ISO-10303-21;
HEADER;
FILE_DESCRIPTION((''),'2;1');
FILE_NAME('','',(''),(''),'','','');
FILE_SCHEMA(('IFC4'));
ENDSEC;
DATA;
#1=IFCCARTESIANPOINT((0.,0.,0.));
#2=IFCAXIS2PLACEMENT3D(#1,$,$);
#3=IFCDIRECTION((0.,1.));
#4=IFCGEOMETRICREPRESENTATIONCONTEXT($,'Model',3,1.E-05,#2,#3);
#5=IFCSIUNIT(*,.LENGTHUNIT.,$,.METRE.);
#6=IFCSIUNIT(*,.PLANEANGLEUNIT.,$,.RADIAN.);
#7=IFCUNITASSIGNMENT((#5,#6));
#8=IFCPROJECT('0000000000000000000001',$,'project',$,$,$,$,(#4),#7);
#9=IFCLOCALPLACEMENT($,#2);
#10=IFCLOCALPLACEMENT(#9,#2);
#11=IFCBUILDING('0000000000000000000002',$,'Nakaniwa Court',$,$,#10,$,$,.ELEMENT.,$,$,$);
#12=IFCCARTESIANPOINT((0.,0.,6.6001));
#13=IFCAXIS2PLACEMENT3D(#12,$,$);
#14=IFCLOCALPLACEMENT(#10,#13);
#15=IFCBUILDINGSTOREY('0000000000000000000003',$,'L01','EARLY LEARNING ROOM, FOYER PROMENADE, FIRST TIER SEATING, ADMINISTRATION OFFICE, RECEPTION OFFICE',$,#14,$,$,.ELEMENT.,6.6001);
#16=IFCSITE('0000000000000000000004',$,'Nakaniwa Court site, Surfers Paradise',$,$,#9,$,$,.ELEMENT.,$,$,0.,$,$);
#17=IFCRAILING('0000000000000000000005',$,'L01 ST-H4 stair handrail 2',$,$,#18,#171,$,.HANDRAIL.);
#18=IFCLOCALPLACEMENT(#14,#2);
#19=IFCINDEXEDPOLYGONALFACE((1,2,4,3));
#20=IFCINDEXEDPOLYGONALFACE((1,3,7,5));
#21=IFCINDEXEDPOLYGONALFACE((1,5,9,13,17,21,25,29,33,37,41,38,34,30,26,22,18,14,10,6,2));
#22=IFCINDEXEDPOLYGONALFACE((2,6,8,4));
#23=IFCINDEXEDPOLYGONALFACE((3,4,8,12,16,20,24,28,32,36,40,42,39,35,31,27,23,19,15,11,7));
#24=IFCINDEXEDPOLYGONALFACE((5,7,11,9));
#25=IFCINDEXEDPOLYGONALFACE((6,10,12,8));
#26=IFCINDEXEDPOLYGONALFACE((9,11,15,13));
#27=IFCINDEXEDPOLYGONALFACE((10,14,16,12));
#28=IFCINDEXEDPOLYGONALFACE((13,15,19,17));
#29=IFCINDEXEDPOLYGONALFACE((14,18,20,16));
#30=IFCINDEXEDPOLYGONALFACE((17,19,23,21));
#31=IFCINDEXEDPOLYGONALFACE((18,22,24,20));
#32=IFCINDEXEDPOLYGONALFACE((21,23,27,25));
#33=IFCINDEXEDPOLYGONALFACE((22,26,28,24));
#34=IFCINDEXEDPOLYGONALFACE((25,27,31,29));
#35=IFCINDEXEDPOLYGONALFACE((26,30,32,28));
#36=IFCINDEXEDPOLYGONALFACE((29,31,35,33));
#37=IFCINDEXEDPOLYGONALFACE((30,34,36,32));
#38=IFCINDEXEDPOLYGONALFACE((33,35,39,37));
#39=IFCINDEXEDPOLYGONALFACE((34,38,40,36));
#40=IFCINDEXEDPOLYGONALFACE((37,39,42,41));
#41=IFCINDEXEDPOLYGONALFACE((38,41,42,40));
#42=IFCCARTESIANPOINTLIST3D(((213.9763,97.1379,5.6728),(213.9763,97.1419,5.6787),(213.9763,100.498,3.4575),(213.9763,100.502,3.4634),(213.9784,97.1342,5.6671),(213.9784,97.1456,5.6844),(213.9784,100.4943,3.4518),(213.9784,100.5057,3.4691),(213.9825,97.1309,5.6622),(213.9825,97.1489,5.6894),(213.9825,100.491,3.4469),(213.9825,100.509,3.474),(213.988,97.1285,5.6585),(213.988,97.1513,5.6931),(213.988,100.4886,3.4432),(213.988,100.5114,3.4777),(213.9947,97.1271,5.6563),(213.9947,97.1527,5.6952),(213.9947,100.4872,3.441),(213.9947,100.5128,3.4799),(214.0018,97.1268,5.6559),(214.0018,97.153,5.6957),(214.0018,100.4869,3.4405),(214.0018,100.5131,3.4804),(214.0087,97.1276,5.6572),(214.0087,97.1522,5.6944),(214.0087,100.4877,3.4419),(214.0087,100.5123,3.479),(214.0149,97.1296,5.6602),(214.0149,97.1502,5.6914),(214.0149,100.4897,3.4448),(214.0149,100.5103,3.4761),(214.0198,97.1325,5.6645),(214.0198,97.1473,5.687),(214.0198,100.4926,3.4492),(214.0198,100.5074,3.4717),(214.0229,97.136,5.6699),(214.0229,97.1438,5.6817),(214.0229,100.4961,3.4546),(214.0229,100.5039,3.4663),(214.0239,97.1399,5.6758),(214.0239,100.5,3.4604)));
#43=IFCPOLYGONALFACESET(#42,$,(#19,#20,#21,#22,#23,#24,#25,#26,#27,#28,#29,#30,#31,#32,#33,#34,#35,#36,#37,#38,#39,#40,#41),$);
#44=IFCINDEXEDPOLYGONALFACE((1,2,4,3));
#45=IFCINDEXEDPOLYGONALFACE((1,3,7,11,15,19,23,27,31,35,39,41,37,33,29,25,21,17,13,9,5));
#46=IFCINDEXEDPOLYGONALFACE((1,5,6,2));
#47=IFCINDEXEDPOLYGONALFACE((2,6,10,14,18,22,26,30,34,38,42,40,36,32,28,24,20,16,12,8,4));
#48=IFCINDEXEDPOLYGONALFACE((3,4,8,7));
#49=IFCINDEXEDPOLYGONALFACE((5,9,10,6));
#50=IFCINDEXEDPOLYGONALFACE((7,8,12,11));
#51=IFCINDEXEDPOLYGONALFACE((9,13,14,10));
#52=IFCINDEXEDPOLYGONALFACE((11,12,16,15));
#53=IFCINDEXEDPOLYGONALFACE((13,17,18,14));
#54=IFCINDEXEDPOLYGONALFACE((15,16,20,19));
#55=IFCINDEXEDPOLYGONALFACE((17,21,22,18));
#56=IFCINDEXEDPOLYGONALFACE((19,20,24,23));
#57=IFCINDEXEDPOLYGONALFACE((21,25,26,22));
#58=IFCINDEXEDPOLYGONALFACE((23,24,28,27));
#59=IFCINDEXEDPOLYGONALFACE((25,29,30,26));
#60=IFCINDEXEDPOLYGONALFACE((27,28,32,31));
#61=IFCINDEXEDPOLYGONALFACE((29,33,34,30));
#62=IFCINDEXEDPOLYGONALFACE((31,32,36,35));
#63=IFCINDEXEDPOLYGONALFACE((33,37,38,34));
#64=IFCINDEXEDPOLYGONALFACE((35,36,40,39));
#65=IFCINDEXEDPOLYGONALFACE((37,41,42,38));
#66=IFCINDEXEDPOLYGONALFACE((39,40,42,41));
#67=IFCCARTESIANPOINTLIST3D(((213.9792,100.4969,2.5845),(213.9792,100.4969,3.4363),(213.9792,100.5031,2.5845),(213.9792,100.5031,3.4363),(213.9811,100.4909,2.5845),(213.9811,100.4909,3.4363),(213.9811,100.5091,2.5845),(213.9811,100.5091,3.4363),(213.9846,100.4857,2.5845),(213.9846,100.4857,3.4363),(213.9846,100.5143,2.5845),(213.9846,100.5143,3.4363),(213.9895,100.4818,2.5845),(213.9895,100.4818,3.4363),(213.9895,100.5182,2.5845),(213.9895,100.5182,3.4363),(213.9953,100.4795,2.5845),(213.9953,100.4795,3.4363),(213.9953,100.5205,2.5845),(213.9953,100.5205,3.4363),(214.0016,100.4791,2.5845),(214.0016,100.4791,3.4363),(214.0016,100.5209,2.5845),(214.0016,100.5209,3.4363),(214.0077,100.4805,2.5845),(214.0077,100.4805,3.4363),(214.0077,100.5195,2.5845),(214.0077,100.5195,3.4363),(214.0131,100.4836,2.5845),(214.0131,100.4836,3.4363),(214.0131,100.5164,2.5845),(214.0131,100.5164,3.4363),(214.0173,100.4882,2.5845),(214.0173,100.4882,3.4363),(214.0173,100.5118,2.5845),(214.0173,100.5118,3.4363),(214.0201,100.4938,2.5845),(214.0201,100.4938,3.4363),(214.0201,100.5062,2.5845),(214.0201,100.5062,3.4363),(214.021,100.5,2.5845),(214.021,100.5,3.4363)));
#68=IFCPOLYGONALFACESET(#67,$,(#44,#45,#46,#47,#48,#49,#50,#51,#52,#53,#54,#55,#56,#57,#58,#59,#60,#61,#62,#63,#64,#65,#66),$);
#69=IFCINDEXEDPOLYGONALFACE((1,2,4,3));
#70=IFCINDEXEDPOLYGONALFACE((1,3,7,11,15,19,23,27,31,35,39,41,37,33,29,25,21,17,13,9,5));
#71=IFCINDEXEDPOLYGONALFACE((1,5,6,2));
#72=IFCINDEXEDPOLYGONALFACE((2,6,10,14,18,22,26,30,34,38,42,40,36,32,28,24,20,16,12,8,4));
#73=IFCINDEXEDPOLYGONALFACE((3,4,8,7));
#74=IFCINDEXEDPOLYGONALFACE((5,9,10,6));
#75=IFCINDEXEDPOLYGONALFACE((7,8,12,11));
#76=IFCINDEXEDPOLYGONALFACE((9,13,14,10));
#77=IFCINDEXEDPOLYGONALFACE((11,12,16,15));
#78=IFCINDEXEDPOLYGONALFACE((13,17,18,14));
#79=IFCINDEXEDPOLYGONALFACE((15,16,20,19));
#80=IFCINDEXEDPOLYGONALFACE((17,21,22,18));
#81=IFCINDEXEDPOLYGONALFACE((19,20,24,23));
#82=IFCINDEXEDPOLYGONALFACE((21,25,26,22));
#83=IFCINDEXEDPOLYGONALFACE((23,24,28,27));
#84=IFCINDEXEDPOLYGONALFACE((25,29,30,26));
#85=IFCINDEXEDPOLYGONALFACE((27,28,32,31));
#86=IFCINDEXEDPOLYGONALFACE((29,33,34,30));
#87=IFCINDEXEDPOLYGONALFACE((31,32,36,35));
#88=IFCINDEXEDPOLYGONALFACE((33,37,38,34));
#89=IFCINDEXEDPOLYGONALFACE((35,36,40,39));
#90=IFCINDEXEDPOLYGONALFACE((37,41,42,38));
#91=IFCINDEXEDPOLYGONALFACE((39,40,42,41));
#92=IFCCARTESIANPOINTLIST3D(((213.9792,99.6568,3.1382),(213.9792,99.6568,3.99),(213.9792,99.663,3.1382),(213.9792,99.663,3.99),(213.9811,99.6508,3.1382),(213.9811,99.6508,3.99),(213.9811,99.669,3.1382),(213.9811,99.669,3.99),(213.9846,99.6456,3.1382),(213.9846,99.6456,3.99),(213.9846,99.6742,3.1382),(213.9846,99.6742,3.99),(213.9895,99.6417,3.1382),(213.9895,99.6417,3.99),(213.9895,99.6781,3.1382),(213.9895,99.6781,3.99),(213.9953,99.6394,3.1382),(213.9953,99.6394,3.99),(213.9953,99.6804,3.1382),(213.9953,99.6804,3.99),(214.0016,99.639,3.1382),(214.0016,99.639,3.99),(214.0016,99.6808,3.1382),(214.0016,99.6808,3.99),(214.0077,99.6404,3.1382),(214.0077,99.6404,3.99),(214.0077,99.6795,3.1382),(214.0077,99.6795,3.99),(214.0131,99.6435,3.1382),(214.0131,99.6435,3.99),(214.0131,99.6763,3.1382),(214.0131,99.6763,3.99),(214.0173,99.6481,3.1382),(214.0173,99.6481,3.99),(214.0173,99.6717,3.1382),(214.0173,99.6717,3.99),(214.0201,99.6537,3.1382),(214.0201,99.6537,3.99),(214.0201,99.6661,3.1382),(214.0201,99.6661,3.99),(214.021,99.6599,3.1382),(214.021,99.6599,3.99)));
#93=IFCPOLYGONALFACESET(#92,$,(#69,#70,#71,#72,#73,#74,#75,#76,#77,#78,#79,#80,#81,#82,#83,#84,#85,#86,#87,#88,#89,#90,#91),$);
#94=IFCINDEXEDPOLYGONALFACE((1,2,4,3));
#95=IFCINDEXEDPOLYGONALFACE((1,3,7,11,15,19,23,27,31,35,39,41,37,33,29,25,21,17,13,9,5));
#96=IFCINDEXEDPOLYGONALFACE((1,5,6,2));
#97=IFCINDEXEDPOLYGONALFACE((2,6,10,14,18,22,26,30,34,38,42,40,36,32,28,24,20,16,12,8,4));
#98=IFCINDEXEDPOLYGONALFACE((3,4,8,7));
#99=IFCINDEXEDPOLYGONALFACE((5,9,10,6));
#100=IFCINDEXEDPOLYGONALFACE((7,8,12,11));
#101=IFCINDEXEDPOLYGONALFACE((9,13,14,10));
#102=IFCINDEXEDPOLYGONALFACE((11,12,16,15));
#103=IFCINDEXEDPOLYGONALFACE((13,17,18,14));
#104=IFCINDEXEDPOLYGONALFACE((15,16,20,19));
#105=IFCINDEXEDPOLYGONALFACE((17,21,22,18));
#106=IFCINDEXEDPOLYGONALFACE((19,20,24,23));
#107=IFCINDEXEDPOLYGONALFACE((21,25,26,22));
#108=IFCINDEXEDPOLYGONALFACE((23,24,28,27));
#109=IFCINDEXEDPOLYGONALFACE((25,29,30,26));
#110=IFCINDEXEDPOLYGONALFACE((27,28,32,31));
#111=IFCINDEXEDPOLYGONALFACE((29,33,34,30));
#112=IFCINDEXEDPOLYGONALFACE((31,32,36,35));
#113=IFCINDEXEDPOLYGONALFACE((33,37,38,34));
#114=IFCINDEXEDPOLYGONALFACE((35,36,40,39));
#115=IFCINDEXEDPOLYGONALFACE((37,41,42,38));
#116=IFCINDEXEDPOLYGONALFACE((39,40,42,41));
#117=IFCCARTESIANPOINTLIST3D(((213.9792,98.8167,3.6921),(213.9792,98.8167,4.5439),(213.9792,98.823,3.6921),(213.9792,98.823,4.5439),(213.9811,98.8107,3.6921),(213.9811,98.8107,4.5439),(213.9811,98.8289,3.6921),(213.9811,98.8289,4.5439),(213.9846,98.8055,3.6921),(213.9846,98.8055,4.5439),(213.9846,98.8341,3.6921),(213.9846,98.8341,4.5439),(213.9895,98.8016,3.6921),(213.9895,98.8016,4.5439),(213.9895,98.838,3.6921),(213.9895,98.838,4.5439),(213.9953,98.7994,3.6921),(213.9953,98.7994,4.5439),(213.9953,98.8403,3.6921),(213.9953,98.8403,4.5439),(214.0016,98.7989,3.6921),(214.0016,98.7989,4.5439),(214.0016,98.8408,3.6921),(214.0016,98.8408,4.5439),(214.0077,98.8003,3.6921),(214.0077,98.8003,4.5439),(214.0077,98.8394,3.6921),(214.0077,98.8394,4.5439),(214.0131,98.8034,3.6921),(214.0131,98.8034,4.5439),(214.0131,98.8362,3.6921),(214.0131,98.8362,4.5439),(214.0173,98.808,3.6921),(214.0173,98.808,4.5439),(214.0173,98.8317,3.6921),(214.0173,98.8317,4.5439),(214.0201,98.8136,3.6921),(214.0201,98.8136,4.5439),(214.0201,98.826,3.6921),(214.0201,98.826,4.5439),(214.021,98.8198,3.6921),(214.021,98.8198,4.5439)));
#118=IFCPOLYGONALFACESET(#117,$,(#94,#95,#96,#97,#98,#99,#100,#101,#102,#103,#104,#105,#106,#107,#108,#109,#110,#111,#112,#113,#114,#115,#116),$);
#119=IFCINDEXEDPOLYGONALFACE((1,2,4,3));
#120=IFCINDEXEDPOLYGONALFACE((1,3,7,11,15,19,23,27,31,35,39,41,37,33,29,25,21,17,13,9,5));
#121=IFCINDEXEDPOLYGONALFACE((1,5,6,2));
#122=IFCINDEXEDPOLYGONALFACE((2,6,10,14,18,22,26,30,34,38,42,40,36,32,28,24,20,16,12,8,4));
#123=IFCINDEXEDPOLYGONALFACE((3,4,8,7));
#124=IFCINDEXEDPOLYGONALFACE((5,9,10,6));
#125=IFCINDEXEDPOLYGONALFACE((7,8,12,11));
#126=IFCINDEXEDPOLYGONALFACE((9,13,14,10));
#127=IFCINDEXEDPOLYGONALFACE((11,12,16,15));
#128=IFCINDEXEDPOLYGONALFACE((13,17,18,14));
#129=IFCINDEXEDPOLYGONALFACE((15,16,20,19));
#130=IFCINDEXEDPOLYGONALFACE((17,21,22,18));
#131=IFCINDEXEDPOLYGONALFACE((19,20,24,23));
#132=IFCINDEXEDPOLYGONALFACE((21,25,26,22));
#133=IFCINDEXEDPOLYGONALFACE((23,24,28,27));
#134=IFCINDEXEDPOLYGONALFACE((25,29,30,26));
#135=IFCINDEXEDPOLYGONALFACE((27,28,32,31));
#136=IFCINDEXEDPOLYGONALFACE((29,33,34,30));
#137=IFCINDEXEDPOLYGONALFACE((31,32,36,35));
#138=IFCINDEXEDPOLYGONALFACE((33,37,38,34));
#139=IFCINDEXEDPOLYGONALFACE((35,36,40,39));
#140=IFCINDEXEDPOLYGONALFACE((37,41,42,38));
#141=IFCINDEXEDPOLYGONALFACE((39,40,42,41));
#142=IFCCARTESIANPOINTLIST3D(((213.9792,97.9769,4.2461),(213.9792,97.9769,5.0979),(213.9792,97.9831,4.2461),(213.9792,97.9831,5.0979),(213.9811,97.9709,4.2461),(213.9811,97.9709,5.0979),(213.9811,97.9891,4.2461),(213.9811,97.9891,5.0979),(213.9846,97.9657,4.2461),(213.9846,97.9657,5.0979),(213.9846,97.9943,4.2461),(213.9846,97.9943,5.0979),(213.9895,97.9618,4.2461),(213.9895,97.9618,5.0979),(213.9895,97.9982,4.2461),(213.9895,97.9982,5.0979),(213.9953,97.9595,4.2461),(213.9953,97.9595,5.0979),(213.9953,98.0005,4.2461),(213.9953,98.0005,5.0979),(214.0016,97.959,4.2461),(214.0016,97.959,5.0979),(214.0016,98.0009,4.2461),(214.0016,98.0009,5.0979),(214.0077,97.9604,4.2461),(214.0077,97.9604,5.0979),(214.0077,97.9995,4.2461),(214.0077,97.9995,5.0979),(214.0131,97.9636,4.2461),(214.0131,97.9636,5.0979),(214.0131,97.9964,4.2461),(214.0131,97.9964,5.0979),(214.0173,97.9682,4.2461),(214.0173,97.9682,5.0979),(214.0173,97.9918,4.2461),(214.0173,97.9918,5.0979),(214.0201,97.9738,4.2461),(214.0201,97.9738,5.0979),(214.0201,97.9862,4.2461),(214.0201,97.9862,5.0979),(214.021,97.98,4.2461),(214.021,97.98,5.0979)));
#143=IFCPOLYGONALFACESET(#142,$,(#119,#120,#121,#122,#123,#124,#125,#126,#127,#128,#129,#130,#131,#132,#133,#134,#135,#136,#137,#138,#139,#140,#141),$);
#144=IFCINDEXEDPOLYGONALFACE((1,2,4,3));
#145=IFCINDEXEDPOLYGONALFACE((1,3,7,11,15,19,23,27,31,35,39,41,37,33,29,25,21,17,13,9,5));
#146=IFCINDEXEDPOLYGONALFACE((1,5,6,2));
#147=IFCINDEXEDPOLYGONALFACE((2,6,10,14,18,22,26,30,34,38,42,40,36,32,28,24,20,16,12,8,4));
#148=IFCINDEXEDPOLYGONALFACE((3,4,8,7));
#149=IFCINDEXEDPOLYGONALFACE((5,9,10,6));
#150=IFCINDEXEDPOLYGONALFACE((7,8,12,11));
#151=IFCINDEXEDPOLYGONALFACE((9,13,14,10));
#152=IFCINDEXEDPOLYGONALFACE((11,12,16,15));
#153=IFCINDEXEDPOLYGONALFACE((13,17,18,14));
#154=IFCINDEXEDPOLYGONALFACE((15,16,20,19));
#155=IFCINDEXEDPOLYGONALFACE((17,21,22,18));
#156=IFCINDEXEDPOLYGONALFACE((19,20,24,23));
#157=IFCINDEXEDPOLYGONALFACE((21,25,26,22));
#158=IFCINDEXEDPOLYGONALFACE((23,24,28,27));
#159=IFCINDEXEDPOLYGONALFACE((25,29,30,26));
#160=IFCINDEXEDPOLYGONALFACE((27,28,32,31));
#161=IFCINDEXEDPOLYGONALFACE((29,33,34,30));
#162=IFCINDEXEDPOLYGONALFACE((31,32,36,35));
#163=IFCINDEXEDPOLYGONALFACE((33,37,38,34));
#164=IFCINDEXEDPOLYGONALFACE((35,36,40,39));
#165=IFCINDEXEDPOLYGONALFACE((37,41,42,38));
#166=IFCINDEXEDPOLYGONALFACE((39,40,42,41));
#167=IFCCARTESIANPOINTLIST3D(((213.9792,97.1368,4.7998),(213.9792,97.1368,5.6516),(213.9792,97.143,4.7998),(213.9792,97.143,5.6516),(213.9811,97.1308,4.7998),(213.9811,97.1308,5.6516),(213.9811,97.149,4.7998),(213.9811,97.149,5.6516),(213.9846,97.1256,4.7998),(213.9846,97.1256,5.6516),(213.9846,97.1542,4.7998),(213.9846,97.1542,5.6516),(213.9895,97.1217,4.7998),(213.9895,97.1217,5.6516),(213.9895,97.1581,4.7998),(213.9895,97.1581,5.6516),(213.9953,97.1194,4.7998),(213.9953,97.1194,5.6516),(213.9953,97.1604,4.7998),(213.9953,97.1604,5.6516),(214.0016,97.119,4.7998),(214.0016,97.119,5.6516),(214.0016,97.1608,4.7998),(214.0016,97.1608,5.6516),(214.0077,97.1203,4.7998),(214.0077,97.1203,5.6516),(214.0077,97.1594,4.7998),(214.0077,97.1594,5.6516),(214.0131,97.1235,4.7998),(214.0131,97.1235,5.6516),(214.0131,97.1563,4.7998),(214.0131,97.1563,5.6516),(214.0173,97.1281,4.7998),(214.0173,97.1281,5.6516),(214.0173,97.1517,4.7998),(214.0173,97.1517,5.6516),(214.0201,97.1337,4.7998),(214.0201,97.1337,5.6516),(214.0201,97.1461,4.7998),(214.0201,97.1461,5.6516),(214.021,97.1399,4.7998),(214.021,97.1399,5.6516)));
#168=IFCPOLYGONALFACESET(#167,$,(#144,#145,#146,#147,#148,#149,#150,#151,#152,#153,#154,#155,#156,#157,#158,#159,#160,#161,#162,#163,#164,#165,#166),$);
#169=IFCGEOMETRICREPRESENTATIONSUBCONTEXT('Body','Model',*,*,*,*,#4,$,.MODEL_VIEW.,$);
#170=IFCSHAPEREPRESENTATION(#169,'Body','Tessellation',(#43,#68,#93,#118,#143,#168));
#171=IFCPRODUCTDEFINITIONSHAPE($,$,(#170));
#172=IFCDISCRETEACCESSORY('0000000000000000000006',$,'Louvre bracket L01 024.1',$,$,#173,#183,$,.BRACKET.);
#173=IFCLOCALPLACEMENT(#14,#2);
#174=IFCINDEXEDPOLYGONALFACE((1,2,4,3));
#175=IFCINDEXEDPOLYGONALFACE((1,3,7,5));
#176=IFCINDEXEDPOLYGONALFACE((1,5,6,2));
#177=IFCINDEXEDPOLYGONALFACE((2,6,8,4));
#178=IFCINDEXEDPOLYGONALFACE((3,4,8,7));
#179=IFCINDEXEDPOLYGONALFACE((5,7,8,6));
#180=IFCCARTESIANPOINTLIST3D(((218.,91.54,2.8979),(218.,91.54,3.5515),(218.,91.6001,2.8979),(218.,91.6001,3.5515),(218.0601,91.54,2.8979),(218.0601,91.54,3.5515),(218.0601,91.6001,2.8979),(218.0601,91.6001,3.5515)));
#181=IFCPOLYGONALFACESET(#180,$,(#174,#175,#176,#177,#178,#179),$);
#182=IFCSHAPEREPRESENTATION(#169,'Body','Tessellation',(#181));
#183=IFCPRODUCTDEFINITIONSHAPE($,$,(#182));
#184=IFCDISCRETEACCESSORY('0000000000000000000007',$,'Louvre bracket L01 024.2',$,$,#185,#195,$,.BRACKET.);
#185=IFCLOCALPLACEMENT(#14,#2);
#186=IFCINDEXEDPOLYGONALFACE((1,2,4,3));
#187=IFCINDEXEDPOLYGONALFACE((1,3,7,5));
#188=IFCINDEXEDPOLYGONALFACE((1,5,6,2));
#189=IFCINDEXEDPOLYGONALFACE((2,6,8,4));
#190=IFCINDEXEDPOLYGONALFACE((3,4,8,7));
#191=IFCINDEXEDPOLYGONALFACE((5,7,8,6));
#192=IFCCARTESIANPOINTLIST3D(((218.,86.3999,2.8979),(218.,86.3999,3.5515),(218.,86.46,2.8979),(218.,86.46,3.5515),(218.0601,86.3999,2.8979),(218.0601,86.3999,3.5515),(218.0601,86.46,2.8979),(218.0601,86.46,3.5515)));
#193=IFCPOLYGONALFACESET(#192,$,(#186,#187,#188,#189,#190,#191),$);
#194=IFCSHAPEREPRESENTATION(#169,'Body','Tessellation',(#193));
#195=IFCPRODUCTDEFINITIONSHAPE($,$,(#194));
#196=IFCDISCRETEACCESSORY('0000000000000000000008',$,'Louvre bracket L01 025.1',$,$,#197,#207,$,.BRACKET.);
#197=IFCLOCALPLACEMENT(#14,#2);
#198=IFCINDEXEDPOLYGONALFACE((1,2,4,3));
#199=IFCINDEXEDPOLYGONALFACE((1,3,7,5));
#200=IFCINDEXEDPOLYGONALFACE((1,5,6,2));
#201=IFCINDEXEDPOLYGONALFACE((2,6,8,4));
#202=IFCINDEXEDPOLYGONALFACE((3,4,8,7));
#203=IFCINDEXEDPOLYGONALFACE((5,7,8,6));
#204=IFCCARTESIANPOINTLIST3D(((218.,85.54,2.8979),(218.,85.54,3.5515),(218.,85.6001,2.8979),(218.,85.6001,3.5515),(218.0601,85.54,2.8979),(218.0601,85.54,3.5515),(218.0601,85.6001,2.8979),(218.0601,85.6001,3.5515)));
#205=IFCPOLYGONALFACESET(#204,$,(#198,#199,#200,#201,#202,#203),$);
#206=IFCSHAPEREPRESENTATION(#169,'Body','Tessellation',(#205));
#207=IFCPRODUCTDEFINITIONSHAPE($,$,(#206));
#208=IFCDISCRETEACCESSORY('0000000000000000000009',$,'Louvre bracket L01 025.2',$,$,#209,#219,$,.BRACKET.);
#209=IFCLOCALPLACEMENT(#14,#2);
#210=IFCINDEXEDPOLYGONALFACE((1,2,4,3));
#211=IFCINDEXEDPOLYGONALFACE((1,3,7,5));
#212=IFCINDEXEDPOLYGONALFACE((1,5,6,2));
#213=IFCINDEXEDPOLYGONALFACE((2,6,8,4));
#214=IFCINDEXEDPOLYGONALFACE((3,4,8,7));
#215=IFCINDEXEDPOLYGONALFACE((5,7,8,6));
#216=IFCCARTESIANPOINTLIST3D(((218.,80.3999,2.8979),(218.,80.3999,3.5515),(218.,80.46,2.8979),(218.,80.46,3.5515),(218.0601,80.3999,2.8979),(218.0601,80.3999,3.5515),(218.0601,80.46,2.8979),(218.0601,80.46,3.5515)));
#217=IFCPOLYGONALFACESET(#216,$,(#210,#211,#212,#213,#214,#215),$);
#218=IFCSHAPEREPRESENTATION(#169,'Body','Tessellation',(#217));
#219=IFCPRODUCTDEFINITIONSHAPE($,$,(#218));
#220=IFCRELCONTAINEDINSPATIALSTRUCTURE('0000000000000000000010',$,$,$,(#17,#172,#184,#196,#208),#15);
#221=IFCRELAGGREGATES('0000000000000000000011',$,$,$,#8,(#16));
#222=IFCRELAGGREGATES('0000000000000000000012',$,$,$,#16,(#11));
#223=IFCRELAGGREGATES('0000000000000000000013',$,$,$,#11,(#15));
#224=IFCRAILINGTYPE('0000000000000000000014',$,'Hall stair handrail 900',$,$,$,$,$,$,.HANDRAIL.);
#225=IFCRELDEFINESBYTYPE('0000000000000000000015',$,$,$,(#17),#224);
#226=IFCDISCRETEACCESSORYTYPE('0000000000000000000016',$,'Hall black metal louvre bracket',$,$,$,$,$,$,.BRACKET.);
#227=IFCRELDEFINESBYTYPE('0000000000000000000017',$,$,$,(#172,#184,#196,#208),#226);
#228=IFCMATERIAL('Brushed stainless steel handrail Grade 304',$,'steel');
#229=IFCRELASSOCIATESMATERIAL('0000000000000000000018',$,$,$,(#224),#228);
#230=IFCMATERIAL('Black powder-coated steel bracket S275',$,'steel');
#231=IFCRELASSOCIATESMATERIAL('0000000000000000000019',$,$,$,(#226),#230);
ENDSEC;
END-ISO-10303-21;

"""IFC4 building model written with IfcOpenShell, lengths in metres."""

from ifc_helpers import new_model, si_unit, direction, frame, origin, origin_2d, place, context, subcontext, project, spatial, rectangle, circle, extrude, material, type_object, element, save


model = new_model("IFC4")

# Units and contexts
model_context = context("Model", 3, precision=1e-05, world=origin(), true_north=direction((0.0, 1.0)))
body_context = subcontext(model_context, "Body", "Model", "MODEL_VIEW")
ifc_project = project(units=[si_unit("LENGTHUNIT", "METRE"), si_unit("PLANEANGLEUNIT", "RADIAN")], contexts=[model_context])

# Site, building, storey
site_placement = place(None, origin())
site = spatial("IfcSite", under=ifc_project, at=site_placement, Name="Nakaniwa Court site, Surfers Paradise", CompositionType="ELEMENT", RefElevation=0.0)
building_placement = place(site_placement, origin())
building = spatial("IfcBuilding", under=site, at=building_placement, Name="Nakaniwa Court", CompositionType="ELEMENT")
storey_placement = place(building_placement, frame((0.0, 0.0, 6.6001)))
storey = spatial("IfcBuildingStorey", under=building, at=storey_placement, Name="L01", Description="EARLY LEARNING ROOM, FOYER PROMENADE, FIRST TIER SEATING, ADMINISTRATION OFFICE, RECEPTION OFFICE", CompositionType="ELEMENT", Elevation=6.6001)

# Railing
ifc_material_1 = material(Name="Brushed stainless steel handrail Grade 304", Category="steel")
railing_type_1 = type_object("IfcRailingType", Name="Hall stair handrail 900", PredefinedType="HANDRAIL", material=ifc_material_1)
railing_1_placement = place(storey_placement, frame((214.0, 100.5, 2.5845)))
element("IfcRailing", 1, at=railing_1_placement, inside=storey, type_object=railing_type_1, Name="L01 ST-H4 stair handrail 2", PredefinedType="HANDRAIL", context=body_context, shape_type="SweptSolid", body=[
    extrude(circle(Radius=0.0239, at=origin_2d()), frame((0.0, 0.0, 0.876), z_axis=(0.0, -0.834876, 0.550437), x_axis=(1.0, 0.0, 0.0)), (0.0, 0.0, 1.0), 4.0247),
    extrude(circle(Radius=0.021, at=origin_2d()), origin(), (0.0, 0.0, 1.0), 0.8518),
    extrude(circle(Radius=0.021, at=origin_2d()), frame((0.0, -0.8401, 0.5537)), (0.0, 0.0, 1.0), 0.8518),
    extrude(circle(Radius=0.021, at=origin_2d()), frame((0.0, -1.6802, 1.1077)), (0.0, 0.0, 1.0), 0.8518),
    extrude(circle(Radius=0.021, at=origin_2d()), frame((0.0, -2.52, 1.6616)), (0.0, 0.0, 1.0), 0.8518),
    extrude(circle(Radius=0.021, at=origin_2d()), frame((0.0, -3.3601, 2.2153)), (0.0, 0.0, 1.0), 0.8518),
])

# Discrete accessories
ifc_material_2 = material(Name="Black powder-coated steel bracket S275", Category="steel")
discrete_accessory_type = type_object("IfcDiscreteAccessoryType", Name="Hall black metal louvre bracket", PredefinedType="BRACKET", material=ifc_material_2)
for number, where, z_axis, x_axis, name in (
    (2, (218.03, 91.5701, 2.8979), (0.0, 0.0, 1.0), (0.0, -1.0, 0.0), "Louvre bracket L01 024.1"),
    (3, (218.03, 86.4299, 2.8979), (0.0, 0.0, 1.0), (0.0, -1.0, 0.0), "Louvre bracket L01 024.2"),
    (4, (218.03, 85.5701, 2.8979), (0.0, 0.0, 1.0), (0.0, -1.0, 0.0), "Louvre bracket L01 025.1"),
    (5, (218.03, 80.4299, 2.8979), (0.0, 0.0, 1.0), (0.0, -1.0, 0.0), "Louvre bracket L01 025.2"),
):
    element("IfcDiscreteAccessory", number, at=place(storey_placement, frame(where, z_axis=z_axis, x_axis=x_axis)), inside=storey, type_object=discrete_accessory_type, Name=name, PredefinedType="BRACKET", context=body_context, shape_type="SweptSolid", body=[
        extrude(rectangle(XDim=0.0601, YDim=0.0601, at=origin_2d()), origin(), (0.0, 0.0, 1.0), 0.6536),
    ])

save(model, "model.ifc")
